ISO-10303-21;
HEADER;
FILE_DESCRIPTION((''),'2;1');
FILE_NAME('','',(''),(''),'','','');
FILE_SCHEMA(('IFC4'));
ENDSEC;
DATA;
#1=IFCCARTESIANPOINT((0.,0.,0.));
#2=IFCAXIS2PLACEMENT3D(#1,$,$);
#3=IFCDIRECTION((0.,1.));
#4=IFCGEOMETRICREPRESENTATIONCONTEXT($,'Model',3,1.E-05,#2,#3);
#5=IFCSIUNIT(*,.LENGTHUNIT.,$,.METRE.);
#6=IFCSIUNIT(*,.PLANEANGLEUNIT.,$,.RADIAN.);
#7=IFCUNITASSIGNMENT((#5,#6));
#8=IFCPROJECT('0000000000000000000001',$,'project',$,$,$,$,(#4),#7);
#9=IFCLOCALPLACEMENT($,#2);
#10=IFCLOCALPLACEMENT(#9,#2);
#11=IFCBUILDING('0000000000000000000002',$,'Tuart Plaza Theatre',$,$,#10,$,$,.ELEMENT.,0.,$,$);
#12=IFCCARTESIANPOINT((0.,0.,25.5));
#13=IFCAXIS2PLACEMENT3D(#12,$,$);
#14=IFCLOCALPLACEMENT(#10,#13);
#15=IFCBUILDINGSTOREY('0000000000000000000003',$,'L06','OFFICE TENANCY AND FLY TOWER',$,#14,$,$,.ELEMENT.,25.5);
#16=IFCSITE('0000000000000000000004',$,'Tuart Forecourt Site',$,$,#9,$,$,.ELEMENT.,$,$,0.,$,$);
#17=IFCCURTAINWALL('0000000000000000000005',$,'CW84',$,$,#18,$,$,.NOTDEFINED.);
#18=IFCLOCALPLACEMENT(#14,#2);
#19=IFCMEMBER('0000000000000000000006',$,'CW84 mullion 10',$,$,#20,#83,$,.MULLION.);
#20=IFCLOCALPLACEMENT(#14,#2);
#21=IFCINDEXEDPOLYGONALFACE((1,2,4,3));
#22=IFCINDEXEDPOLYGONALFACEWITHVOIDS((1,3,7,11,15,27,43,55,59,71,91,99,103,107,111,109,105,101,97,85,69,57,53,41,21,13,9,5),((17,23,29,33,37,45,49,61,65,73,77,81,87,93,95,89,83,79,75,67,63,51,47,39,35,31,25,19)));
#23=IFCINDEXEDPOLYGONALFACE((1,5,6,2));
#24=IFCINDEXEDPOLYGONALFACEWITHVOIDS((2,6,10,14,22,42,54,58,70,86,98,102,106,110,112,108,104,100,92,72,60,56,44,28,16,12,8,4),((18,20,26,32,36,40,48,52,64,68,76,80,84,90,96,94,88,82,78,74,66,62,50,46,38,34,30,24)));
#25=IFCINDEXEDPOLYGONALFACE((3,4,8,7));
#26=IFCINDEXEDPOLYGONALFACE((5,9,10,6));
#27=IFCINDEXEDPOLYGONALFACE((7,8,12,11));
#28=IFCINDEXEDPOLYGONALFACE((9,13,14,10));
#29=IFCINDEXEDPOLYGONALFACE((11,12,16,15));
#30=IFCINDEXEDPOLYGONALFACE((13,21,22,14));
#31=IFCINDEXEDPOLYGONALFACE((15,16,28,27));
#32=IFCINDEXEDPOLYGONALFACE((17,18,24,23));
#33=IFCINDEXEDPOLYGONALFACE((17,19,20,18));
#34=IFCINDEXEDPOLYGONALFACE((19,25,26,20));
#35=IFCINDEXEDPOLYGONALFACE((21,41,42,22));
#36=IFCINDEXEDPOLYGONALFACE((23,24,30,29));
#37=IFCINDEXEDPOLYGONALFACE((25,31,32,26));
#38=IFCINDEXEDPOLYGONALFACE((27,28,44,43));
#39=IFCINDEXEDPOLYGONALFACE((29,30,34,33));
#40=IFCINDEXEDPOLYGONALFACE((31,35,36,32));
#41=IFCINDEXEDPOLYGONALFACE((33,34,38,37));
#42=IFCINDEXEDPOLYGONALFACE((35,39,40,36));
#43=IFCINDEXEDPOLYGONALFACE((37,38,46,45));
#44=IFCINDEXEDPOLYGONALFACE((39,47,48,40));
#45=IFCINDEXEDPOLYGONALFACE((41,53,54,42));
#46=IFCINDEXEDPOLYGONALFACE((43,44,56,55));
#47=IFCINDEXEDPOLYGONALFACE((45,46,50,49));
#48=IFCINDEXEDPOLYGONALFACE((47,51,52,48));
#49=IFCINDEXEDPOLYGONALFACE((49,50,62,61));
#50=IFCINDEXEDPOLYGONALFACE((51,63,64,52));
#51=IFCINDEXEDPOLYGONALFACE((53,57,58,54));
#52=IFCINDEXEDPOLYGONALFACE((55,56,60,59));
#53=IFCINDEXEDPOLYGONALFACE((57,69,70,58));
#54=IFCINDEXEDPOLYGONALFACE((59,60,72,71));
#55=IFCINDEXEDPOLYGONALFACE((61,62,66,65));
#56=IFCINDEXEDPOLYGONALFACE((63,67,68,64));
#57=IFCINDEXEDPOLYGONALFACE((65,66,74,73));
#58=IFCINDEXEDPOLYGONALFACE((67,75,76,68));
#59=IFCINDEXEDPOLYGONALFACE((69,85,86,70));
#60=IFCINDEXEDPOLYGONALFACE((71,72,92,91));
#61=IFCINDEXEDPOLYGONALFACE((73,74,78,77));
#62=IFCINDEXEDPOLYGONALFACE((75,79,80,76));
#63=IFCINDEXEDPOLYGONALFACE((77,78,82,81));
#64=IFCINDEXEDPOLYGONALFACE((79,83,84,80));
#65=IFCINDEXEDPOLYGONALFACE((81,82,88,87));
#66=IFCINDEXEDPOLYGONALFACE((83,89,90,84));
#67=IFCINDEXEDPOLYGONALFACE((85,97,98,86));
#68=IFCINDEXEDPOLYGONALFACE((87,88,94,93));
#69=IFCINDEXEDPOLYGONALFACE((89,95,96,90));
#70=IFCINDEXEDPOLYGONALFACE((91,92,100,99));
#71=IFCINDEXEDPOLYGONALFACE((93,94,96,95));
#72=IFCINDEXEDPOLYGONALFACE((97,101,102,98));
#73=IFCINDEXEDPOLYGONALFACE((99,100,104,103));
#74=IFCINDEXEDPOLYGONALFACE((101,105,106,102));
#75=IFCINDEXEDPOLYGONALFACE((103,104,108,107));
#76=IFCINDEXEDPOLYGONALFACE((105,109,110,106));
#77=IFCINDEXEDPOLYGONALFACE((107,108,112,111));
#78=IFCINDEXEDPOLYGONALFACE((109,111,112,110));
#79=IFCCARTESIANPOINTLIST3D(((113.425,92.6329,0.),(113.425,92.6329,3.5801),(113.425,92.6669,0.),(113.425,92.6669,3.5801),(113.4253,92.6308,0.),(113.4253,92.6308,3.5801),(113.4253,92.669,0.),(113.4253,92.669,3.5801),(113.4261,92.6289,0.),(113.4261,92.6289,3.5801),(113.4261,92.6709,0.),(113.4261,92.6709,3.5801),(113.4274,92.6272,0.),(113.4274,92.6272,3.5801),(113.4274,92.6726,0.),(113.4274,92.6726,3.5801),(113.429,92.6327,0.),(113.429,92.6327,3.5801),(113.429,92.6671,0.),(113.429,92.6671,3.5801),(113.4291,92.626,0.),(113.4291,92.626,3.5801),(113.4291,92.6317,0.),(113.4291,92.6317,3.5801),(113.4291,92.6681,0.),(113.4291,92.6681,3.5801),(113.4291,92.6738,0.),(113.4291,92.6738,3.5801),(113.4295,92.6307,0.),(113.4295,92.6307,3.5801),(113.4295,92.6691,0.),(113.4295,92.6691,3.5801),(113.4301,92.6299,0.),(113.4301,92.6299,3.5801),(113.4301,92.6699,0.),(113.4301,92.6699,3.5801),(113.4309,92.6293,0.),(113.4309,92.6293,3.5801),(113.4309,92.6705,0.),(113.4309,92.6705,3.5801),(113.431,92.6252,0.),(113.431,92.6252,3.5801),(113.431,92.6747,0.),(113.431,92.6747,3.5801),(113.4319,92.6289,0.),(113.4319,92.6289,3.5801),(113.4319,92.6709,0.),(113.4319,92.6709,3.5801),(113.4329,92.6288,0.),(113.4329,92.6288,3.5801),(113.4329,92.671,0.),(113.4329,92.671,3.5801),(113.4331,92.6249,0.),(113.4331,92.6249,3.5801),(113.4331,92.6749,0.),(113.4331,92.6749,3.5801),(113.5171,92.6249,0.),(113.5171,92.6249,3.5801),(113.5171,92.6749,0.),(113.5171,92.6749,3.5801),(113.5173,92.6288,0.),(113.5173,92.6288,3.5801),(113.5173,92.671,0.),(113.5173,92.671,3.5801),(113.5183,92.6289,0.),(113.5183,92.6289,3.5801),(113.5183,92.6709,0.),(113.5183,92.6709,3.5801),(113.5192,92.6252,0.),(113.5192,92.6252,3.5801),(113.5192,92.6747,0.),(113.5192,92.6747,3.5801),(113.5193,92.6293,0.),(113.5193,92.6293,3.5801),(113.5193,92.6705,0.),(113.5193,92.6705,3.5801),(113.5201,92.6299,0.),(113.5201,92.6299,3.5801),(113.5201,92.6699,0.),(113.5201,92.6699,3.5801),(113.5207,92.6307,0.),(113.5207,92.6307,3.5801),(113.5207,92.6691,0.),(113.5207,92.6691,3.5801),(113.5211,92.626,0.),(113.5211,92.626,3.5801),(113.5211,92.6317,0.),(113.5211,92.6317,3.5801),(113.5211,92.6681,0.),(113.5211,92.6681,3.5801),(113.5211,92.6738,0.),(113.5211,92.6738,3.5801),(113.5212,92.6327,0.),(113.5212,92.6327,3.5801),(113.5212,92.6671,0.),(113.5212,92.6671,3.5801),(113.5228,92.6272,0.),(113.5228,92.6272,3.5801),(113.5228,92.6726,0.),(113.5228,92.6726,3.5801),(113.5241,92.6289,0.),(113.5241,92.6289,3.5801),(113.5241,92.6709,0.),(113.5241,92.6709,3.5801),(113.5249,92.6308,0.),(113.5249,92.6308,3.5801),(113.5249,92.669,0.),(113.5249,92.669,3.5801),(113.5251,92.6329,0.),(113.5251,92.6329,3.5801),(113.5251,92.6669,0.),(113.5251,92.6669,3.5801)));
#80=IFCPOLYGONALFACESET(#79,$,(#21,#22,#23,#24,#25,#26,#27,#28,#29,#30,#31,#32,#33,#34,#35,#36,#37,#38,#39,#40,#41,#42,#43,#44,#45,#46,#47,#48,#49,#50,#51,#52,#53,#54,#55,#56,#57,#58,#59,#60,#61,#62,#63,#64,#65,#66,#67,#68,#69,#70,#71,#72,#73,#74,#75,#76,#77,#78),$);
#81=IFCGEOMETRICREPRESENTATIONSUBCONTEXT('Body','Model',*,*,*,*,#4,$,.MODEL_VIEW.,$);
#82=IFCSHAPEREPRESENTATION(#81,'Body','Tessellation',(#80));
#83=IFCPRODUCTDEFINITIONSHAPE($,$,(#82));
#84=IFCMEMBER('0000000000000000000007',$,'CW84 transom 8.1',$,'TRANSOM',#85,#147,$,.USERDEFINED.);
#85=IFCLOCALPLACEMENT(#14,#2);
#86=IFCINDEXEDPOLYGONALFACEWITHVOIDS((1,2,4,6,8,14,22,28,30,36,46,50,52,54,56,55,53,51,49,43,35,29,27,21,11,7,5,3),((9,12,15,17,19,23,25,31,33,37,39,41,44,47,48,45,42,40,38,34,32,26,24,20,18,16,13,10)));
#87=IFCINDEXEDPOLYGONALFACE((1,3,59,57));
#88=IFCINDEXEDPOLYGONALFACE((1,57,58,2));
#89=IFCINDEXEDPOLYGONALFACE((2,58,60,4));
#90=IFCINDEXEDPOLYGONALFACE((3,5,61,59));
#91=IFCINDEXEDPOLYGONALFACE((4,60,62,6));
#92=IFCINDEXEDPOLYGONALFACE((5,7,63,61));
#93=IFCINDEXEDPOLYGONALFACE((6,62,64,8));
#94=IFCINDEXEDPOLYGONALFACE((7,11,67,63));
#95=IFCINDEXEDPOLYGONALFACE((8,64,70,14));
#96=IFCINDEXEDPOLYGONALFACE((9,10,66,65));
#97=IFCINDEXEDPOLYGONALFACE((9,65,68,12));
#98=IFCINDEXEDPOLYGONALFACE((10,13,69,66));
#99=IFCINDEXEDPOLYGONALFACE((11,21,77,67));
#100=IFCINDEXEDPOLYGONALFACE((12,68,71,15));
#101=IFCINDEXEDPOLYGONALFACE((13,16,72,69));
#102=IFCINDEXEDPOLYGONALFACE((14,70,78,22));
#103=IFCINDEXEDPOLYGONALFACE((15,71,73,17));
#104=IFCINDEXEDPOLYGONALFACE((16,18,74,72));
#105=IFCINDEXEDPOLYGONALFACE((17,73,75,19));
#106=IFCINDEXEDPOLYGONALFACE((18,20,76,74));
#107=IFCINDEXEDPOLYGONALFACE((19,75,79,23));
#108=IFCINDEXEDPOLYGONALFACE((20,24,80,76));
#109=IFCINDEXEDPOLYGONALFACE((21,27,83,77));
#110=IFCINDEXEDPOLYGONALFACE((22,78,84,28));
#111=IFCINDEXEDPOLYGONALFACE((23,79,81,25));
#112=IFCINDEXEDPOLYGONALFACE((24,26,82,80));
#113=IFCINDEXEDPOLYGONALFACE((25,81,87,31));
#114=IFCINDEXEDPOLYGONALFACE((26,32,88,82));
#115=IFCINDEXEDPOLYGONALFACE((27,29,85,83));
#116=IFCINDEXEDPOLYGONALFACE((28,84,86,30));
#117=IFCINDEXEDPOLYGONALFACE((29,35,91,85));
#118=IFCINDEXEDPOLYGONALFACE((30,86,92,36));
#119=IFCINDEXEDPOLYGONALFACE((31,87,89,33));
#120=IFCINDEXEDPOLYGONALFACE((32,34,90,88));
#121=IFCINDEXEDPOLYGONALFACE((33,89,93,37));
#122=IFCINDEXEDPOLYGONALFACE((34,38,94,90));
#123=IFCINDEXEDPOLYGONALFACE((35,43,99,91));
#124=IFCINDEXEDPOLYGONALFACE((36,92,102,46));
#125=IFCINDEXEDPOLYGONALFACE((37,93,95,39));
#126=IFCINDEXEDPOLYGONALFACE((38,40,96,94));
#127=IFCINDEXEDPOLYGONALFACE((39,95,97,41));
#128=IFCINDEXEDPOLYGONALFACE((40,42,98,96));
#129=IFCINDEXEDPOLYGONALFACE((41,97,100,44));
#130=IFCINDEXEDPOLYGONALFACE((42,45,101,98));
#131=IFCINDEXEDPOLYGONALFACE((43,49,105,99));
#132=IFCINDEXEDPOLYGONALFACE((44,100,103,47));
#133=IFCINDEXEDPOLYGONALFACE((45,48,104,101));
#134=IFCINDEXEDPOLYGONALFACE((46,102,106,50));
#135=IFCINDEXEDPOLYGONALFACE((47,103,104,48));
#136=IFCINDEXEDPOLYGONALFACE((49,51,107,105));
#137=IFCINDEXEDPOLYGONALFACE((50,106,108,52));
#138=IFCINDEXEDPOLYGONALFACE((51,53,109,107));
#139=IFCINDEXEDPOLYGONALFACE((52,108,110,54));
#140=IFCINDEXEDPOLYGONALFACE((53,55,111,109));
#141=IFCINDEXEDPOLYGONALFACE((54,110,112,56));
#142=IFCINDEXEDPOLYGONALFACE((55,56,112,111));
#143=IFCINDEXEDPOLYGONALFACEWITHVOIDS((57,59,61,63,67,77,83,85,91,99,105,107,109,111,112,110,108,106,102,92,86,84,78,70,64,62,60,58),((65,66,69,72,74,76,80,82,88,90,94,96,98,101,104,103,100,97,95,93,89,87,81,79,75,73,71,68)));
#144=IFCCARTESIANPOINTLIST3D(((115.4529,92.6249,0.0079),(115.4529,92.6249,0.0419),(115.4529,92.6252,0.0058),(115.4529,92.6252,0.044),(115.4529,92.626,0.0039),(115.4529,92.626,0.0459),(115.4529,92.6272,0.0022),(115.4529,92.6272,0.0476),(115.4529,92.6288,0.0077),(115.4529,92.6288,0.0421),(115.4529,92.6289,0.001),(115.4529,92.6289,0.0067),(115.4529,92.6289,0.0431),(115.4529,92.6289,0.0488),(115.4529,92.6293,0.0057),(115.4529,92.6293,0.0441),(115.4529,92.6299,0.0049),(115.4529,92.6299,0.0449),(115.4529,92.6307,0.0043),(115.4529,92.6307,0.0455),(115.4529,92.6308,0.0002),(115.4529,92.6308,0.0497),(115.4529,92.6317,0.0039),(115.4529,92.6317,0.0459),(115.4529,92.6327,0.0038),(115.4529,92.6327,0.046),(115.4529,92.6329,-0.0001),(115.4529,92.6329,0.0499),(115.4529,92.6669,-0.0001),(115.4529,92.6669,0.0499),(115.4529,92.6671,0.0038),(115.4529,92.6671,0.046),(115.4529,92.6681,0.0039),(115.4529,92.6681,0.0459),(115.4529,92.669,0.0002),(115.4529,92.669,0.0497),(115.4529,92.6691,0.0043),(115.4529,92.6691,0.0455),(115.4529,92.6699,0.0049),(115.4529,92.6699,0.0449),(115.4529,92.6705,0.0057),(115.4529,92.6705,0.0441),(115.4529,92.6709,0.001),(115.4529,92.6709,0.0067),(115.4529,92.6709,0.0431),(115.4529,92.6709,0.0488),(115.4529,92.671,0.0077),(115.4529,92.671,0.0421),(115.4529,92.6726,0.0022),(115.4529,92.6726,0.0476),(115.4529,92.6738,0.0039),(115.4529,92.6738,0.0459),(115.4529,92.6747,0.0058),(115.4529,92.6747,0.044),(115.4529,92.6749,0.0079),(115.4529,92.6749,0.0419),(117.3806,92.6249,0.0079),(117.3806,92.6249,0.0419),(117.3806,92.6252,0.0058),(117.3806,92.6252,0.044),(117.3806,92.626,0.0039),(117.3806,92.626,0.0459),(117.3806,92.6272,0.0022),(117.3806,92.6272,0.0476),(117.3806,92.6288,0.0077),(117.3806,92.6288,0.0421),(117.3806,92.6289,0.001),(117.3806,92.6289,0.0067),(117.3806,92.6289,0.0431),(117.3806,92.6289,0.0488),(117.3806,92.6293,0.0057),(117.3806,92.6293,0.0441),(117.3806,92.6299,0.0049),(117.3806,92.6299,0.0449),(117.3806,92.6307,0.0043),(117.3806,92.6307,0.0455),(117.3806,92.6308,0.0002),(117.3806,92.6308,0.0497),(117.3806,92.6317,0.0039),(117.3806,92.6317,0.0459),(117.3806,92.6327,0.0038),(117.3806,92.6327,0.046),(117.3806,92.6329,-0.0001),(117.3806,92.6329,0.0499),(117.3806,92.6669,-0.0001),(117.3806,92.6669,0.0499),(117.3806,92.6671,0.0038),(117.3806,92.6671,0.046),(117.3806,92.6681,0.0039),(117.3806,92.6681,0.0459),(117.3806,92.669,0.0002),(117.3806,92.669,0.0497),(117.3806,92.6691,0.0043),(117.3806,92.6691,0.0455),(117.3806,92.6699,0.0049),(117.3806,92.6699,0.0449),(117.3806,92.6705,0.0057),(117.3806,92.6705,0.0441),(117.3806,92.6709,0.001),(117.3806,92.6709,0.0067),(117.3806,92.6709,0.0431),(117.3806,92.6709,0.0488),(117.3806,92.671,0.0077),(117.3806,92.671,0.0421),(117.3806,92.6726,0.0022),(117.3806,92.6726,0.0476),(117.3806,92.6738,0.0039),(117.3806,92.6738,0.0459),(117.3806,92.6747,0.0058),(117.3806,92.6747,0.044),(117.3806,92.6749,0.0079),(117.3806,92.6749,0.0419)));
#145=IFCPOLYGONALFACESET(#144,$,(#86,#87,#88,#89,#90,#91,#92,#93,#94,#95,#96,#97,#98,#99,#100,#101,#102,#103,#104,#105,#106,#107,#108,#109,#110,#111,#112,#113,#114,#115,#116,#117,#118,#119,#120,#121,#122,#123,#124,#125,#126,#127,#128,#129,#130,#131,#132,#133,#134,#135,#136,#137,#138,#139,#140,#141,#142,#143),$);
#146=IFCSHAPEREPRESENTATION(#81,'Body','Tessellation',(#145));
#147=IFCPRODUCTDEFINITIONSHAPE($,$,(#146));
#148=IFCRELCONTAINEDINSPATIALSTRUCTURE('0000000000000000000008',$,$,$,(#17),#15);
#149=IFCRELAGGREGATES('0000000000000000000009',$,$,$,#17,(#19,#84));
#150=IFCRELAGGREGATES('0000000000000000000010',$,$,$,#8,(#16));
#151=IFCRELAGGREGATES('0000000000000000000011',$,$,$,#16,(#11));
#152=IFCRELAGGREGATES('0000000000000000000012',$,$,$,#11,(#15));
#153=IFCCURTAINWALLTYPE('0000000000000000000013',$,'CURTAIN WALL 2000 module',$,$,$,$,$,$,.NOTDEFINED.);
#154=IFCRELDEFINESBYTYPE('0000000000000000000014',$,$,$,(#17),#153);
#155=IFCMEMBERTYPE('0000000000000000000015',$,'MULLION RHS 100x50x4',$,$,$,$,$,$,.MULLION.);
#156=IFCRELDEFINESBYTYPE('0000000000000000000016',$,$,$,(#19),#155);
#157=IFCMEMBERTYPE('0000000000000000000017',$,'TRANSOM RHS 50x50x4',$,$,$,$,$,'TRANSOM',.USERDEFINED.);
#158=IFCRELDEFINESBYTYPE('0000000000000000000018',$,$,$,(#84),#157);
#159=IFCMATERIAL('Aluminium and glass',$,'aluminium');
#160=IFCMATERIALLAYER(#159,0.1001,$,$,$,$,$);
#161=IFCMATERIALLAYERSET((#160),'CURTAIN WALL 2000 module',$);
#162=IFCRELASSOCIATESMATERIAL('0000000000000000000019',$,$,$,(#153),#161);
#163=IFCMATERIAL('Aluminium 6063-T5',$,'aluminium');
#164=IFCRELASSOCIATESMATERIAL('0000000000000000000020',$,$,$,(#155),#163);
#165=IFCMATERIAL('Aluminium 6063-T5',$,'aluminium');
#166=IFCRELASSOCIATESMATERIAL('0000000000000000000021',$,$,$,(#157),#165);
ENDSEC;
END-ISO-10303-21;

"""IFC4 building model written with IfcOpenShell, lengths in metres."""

from ifc_helpers import new_model, si_unit, direction, frame, origin, origin_2d, place, context, subcontext, project, spatial, hollow_rectangle, extrude, material, layer, layer_set, material_profile, profile_set, type_object, element, aggregate, save


model = new_model("IFC4")

# Units and contexts
model_context = context("Model", 3, precision=1e-05, world=origin(), true_north=direction((0.0, 1.0)))
body_context = subcontext(model_context, "Body", "Model", "MODEL_VIEW")
ifc_project = project(units=[si_unit("LENGTHUNIT", "METRE"), si_unit("PLANEANGLEUNIT", "RADIAN")], contexts=[model_context])

# Site, building, storey
site_placement = place(None, origin())
site = spatial("IfcSite", under=ifc_project, at=site_placement, Name="Tuart Forecourt Site", CompositionType="ELEMENT", RefElevation=0.0)
building_placement = place(site_placement, origin())
building = spatial("IfcBuilding", under=site, at=building_placement, Name="Tuart Plaza Theatre", CompositionType="ELEMENT", ElevationOfRefHeight=0.0)
storey_placement = place(building_placement, frame((0.0, 0.0, 25.5)))
storey = spatial("IfcBuildingStorey", under=building, at=storey_placement, Name="L06", Description="OFFICE TENANCY AND FLY TOWER", CompositionType="ELEMENT", Elevation=25.5)

# Curtain wall, members
ifc_material_1 = material(Name="Aluminium and glass", Category="aluminium")
ifc_layer_1 = layer(ifc_material_1, 0.1001)
ifc_layer_set_1 = layer_set([ifc_layer_1], Name="CURTAIN WALL 2000 module")
curtain_wall_type = type_object("IfcCurtainWallType", Name="CURTAIN WALL 2000 module", PredefinedType="NOTDEFINED", material=ifc_layer_set_1)
curtain_wall_1_placement = place(storey_placement, origin())
curtain_wall_1 = element("IfcCurtainWall", 1, at=curtain_wall_1_placement, inside=storey, type_object=curtain_wall_type, Name="CW84", PredefinedType="NOTDEFINED")
ifc_material_2 = material(Name="Aluminium 6063-T5", Category="aluminium")
ifc_material_profile_1 = material_profile(ifc_material_2, hollow_rectangle(XDim=0.05, YDim=0.1001, WallThickness=0.0039, InnerFilletRadius=0.0039, OuterFilletRadius=0.0081, at=origin_2d()), Name="RHS 100x50x4")
ifc_profile_set_1 = profile_set([ifc_material_profile_1], Name="Aluminium 6063-T5")
member_type_1 = type_object("IfcMemberType", Name="MULLION RHS 100x50x4", PredefinedType="MULLION", material=ifc_profile_set_1)
member_1_placement = place(storey_placement, frame((113.4751, 92.6499, 0.0), z_axis=(0.0, 0.0, 1.0), x_axis=(0.0, -1.0, 0.0)))
member_1 = element("IfcMember", 2, at=member_1_placement, type_object=member_type_1, Name="CW84 mullion 10", PredefinedType="MULLION", context=body_context, shape_type="SweptSolid", body=[
    extrude(hollow_rectangle(XDim=0.05, YDim=0.1001, WallThickness=0.0039, InnerFilletRadius=0.0039, OuterFilletRadius=0.0081, at=origin_2d()), origin(), (0.0, 0.0, 1.0), 3.5801),
])
ifc_material_3 = material(Name="Aluminium 6063-T5", Category="aluminium")
ifc_material_profile_2 = material_profile(ifc_material_3, hollow_rectangle(XDim=0.05, YDim=0.05, WallThickness=0.0039, InnerFilletRadius=0.0039, OuterFilletRadius=0.0081, at=origin_2d()), Name="RHS 50x50x4")
ifc_profile_set_2 = profile_set([ifc_material_profile_2], Name="Aluminium 6063-T5")
member_type_2 = type_object("IfcMemberType", Name="TRANSOM RHS 50x50x4", ElementType="TRANSOM", PredefinedType="USERDEFINED", material=ifc_profile_set_2)
member_2_placement = place(storey_placement, frame((117.3806, 92.6499, 0.0249), z_axis=(-1.0, 0.0, 0.0), x_axis=(0.0, -1.0, 0.0)))
member_2 = element("IfcMember", 3, at=member_2_placement, type_object=member_type_2, Name="CW84 transom 8.1", ObjectType="TRANSOM", PredefinedType="USERDEFINED", context=body_context, shape_type="SweptSolid", body=[
    extrude(hollow_rectangle(XDim=0.05, YDim=0.05, WallThickness=0.0039, InnerFilletRadius=0.0039, OuterFilletRadius=0.0081, at=origin_2d()), origin(), (0.0, 0.0, 1.0), 1.9277),
])

aggregate(curtain_wall_1, [member_1, member_2])

save(model, "model.ifc")
